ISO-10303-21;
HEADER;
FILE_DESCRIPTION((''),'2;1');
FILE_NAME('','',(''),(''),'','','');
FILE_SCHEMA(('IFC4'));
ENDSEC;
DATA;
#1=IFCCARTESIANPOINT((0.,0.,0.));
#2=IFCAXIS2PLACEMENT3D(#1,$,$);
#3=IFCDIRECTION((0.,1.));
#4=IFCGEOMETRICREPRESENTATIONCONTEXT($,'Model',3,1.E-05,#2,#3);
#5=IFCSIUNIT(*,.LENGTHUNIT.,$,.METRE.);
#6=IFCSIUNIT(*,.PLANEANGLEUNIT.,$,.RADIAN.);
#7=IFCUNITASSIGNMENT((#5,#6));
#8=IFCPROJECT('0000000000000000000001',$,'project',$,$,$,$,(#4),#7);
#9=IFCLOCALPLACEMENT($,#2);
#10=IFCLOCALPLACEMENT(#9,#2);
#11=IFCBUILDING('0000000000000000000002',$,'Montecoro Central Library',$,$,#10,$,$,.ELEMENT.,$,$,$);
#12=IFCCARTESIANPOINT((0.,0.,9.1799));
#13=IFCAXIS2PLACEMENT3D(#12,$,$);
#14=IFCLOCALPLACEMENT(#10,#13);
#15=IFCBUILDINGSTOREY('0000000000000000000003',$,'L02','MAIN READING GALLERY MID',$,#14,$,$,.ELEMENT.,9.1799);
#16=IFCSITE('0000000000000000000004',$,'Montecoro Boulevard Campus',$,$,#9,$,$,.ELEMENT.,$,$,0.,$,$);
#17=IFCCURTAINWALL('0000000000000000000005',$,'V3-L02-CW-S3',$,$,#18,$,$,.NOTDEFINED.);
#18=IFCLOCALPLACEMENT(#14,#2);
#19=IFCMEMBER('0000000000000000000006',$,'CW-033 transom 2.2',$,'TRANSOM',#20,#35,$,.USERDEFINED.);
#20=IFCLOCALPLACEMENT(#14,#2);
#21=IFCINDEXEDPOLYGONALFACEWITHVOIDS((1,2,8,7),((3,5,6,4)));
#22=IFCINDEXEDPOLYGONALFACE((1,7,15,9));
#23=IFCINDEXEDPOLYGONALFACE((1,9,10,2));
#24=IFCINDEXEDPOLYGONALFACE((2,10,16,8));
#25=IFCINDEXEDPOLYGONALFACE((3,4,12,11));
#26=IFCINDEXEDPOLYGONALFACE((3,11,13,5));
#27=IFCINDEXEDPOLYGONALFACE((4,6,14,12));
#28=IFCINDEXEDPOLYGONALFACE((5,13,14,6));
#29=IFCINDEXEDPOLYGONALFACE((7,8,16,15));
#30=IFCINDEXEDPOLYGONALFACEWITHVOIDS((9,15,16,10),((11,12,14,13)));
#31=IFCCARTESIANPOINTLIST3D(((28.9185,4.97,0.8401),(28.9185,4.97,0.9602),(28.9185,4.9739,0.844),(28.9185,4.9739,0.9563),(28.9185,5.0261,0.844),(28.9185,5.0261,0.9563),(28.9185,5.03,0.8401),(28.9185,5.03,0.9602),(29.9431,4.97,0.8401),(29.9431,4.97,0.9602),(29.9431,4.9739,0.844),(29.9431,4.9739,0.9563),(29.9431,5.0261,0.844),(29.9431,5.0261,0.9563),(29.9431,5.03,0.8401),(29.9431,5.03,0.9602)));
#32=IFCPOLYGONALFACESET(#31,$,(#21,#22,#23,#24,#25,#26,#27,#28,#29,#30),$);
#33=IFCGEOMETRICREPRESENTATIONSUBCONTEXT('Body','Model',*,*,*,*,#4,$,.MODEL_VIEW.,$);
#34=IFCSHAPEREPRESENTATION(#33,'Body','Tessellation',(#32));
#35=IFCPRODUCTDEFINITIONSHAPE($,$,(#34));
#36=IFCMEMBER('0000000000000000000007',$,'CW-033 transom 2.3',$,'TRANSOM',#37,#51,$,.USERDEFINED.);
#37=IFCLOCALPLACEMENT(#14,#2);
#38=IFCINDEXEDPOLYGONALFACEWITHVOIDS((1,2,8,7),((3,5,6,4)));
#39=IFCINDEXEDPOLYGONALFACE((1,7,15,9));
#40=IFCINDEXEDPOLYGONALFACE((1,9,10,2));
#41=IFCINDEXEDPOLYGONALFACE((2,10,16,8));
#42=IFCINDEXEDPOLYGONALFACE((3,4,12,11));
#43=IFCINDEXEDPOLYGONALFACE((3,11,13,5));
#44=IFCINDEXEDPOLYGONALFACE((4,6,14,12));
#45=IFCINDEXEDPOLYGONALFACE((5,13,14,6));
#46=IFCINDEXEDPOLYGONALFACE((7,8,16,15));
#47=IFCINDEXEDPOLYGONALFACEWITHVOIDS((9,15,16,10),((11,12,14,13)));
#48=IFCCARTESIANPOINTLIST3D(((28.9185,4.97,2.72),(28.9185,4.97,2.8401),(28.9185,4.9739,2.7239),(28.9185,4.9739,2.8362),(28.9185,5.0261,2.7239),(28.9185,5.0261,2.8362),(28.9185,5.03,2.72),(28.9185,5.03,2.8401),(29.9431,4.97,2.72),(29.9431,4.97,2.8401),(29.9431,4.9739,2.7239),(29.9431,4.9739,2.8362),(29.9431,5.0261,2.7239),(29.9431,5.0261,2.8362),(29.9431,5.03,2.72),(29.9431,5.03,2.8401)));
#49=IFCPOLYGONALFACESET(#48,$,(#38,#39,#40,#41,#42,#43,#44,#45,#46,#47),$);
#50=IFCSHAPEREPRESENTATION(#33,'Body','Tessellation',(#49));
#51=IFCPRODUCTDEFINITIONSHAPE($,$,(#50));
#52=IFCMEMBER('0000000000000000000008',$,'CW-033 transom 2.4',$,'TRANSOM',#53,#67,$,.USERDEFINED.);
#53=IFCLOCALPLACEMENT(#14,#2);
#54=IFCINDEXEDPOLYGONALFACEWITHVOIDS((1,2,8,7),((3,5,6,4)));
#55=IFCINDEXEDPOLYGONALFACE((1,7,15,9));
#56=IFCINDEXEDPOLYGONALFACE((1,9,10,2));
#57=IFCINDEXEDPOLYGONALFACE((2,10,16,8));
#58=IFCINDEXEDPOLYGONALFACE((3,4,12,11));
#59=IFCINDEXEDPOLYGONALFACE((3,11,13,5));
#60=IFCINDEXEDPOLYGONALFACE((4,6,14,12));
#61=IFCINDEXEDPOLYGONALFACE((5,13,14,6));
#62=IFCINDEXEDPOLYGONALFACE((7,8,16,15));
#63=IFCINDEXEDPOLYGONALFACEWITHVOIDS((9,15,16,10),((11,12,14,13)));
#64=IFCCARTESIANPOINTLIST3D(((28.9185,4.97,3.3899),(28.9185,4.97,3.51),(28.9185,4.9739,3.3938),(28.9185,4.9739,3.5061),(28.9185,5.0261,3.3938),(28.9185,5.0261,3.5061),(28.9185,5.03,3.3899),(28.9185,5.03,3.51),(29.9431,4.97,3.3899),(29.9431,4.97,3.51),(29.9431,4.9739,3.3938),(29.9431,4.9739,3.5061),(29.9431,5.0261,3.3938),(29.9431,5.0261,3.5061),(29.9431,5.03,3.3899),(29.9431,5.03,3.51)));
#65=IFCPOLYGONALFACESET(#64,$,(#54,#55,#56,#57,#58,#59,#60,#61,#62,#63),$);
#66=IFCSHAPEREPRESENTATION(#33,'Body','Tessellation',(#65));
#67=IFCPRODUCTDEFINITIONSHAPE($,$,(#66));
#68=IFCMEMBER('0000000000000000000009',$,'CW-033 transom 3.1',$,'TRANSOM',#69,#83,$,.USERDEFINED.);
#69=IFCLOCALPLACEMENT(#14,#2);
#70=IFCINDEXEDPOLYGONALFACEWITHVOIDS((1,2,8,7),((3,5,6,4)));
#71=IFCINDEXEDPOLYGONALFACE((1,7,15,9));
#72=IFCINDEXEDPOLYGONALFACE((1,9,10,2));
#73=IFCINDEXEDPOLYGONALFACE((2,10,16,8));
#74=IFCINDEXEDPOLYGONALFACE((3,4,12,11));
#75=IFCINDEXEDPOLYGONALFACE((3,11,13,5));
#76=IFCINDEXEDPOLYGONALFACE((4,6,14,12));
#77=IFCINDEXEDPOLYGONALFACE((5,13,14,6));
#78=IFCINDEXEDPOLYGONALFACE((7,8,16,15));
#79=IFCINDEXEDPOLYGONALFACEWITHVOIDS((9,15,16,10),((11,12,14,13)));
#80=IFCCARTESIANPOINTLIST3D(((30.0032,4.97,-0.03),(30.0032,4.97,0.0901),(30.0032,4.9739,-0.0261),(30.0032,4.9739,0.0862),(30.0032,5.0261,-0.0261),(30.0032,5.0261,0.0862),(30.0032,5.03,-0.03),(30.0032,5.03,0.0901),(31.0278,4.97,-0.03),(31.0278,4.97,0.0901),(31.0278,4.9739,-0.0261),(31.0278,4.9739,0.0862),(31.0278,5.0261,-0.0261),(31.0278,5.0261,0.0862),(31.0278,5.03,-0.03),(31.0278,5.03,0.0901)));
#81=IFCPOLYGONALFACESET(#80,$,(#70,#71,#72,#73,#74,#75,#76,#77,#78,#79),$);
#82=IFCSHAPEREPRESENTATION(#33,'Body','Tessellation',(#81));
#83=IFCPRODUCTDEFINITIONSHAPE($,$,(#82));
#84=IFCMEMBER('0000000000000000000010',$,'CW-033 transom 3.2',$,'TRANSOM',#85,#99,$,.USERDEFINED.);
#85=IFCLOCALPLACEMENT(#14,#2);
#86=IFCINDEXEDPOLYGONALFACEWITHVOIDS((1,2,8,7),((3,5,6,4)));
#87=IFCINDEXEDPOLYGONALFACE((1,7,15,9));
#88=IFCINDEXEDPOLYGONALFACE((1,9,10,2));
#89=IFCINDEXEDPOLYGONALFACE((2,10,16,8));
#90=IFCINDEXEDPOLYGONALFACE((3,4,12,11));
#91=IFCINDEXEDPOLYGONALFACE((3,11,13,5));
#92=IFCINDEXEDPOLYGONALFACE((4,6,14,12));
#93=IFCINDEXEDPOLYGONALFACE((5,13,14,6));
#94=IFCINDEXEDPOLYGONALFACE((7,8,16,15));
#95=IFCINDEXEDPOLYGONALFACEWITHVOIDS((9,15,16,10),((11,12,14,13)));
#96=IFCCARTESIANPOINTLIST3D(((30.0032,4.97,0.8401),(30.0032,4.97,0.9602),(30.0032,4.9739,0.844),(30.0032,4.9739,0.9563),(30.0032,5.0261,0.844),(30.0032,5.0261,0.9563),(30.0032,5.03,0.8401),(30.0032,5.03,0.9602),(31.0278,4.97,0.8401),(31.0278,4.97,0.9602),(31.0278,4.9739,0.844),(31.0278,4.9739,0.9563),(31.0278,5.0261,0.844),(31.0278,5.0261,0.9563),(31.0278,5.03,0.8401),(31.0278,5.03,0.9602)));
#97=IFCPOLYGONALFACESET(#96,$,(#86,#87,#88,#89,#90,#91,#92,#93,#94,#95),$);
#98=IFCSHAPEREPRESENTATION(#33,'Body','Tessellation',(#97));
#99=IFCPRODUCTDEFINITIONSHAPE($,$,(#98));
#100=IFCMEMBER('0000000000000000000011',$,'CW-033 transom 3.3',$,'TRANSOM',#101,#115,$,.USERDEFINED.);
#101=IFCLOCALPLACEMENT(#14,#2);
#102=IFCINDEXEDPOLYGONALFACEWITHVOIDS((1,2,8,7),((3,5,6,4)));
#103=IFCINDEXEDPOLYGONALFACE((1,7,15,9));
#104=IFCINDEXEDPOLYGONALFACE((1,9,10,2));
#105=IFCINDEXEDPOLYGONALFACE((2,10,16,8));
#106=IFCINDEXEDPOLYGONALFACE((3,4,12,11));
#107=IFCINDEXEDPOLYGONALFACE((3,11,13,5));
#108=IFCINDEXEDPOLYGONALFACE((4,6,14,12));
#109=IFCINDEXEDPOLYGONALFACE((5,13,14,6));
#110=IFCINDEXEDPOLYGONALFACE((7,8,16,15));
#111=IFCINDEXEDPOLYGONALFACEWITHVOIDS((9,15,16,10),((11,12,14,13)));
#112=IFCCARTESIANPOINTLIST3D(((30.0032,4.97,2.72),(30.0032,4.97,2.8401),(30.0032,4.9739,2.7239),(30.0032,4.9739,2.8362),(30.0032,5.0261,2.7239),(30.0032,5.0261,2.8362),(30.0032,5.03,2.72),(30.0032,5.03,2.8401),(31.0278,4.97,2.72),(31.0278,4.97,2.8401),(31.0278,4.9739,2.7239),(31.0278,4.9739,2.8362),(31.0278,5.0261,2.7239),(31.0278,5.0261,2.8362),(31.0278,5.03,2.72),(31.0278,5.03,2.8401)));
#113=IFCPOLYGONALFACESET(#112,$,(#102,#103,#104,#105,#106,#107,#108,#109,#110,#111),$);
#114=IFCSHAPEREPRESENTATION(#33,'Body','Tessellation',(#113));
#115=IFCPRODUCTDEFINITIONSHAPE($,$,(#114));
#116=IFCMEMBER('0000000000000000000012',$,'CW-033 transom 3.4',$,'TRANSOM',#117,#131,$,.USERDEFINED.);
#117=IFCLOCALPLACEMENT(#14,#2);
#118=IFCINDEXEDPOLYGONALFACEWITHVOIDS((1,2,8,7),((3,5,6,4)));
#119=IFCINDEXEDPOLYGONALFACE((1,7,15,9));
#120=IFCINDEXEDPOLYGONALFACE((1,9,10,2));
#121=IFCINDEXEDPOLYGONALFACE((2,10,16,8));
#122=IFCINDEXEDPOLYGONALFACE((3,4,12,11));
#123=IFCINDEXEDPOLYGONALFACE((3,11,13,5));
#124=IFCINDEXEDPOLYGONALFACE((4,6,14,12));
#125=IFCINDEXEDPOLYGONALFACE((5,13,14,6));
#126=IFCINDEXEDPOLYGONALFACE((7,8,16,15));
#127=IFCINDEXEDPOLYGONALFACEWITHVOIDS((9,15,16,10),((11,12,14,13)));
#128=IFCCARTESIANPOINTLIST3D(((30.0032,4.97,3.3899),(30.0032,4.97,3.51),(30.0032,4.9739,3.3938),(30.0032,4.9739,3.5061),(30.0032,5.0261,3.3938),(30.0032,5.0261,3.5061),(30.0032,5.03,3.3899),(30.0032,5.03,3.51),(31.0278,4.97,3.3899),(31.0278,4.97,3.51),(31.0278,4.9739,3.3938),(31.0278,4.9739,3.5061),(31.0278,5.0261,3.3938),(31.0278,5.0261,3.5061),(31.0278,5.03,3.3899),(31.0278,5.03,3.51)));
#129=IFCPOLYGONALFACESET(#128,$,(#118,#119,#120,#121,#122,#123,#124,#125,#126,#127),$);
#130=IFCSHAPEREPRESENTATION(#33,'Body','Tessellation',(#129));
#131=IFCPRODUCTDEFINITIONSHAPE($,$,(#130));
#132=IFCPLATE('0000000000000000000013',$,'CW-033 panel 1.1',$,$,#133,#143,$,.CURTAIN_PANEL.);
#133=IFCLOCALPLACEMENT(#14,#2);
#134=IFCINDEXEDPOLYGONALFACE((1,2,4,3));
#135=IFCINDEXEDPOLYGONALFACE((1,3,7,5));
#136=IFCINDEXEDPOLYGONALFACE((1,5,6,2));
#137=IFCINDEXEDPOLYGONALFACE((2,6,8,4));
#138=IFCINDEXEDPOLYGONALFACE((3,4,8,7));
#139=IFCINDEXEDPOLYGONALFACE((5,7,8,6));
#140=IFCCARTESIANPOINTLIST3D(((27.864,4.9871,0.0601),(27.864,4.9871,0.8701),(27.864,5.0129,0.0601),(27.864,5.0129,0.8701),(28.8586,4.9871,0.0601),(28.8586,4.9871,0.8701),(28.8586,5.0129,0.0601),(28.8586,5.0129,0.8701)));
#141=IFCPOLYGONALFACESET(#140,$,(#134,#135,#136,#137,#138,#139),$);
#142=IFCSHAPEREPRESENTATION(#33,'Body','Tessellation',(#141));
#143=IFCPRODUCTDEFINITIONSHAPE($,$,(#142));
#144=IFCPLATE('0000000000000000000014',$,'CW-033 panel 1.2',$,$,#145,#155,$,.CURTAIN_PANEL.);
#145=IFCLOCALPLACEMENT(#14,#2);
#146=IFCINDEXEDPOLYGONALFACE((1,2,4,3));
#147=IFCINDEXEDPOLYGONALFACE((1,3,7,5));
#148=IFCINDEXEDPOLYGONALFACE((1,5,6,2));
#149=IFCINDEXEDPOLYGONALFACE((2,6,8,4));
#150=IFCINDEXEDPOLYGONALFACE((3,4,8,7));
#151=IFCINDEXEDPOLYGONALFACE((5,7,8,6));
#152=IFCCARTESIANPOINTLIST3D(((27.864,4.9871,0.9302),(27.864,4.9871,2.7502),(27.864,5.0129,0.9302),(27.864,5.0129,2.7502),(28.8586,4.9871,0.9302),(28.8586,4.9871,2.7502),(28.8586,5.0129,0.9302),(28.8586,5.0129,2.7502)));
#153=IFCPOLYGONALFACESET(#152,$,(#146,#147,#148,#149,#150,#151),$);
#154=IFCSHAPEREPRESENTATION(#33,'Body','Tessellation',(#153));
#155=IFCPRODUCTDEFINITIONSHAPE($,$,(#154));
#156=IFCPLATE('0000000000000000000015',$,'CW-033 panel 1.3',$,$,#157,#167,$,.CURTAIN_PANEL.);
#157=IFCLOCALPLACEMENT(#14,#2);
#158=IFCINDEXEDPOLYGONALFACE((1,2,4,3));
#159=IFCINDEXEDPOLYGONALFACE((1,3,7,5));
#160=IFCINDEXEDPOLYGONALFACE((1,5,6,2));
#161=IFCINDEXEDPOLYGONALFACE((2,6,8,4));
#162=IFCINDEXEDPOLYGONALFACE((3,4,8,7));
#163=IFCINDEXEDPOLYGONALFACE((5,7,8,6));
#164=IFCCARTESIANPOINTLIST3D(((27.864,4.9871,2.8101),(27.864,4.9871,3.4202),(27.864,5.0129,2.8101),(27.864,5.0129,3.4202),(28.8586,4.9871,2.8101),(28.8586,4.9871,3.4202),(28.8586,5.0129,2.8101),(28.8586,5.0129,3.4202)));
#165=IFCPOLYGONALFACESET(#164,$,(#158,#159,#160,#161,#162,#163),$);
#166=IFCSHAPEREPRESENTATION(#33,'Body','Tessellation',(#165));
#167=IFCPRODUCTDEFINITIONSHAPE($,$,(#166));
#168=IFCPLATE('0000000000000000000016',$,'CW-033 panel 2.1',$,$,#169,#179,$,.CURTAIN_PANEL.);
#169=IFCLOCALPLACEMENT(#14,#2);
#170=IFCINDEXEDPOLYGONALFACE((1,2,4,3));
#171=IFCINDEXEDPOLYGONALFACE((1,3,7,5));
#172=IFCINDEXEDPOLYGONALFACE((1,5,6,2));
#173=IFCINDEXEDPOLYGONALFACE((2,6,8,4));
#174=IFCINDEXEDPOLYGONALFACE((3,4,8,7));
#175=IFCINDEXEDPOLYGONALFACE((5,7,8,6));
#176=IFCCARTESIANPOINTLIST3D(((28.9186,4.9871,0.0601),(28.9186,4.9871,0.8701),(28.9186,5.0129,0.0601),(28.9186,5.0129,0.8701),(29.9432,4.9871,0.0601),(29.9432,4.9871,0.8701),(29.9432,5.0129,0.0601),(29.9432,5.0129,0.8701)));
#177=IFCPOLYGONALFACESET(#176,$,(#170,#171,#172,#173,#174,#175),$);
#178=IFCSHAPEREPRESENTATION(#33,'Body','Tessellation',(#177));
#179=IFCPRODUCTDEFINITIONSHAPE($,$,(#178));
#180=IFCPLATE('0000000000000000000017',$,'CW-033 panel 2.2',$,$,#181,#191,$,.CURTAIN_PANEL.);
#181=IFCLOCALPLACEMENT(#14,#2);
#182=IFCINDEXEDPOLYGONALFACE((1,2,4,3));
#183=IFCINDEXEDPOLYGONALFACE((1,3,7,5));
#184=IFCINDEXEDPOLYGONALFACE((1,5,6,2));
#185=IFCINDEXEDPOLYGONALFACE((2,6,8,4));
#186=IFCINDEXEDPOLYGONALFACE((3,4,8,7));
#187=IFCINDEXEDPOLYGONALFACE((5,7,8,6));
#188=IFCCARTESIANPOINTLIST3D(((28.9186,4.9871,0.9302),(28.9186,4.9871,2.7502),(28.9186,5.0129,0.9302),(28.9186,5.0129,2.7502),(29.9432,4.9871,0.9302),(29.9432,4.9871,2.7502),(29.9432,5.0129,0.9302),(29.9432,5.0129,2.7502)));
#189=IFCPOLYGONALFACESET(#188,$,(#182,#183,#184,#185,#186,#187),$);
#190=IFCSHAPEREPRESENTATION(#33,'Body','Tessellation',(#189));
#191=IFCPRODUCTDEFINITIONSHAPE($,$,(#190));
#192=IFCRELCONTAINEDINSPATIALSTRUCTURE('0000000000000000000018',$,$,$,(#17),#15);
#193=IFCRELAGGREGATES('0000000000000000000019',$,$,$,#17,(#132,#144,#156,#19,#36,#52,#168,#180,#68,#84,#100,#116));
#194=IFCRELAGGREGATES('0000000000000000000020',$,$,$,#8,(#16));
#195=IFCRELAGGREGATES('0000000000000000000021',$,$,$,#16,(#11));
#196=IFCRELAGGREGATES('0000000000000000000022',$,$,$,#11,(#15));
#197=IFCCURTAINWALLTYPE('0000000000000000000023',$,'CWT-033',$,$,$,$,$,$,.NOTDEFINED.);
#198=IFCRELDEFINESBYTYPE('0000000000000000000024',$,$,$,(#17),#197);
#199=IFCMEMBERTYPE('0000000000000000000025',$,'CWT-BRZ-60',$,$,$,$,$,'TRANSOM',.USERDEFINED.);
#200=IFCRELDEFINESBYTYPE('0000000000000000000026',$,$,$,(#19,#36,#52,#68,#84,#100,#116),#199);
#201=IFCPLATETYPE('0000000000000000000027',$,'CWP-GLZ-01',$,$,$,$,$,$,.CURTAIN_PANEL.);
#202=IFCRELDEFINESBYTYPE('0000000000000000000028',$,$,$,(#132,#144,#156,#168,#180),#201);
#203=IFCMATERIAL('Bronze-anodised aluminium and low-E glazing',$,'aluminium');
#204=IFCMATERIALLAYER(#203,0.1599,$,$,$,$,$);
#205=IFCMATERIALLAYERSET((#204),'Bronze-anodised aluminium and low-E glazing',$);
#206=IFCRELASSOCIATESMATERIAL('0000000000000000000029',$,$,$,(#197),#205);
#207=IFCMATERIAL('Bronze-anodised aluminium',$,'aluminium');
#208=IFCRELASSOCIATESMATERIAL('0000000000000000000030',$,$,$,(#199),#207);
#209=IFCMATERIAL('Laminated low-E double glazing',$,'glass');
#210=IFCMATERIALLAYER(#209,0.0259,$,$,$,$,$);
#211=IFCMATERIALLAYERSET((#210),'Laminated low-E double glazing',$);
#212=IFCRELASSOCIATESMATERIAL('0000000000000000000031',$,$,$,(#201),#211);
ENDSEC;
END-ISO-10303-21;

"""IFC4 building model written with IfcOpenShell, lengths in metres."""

from ifc_helpers import new_model, si_unit, direction, frame, origin, origin_2d, place, context, subcontext, project, spatial, rectangle, hollow_rectangle, extrude, material, layer, layer_set, material_profile, profile_set, type_object, element, aggregate, save


model = new_model("IFC4")

# Units and contexts
model_context = context("Model", 3, precision=1e-05, world=origin(), true_north=direction((0.0, 1.0)))
body_context = subcontext(model_context, "Body", "Model", "MODEL_VIEW")
ifc_project = project(units=[si_unit("LENGTHUNIT", "METRE"), si_unit("PLANEANGLEUNIT", "RADIAN")], contexts=[model_context])

# Site, building, storey
site_placement = place(None, origin())
site = spatial("IfcSite", under=ifc_project, at=site_placement, Name="Montecoro Boulevard Campus", CompositionType="ELEMENT", RefElevation=0.0)
building_placement = place(site_placement, origin())
building = spatial("IfcBuilding", under=site, at=building_placement, Name="Montecoro Central Library", CompositionType="ELEMENT")
storey_placement = place(building_placement, frame((0.0, 0.0, 9.1799)))
storey = spatial("IfcBuildingStorey", under=building, at=storey_placement, Name="L02", Description="MAIN READING GALLERY MID", CompositionType="ELEMENT", Elevation=9.1799)

# Curtain wall, members, plates
ifc_material_1 = material(Name="Bronze-anodised aluminium and low-E glazing", Category="aluminium")
ifc_layer_1 = layer(ifc_material_1, 0.1599)
ifc_layer_set_1 = layer_set([ifc_layer_1], Name="Bronze-anodised aluminium and low-E glazing")
curtain_wall_type = type_object("IfcCurtainWallType", Name="CWT-033", PredefinedType="NOTDEFINED", material=ifc_layer_set_1)
curtain_wall_placement = place(storey_placement, origin())
curtain_wall = element("IfcCurtainWall", 1, at=curtain_wall_placement, inside=storey, type_object=curtain_wall_type, Name="V3-L02-CW-S3", PredefinedType="NOTDEFINED")
ifc_material_2 = material(Name="Bronze-anodised aluminium", Category="aluminium")
ifc_material_profile_1 = material_profile(ifc_material_2, hollow_rectangle(XDim=0.0601, YDim=0.1201, WallThickness=0.0039, at=origin_2d()), Name="CWT 120x60x4.0")
ifc_profile_set_1 = profile_set([ifc_material_profile_1], Name="Bronze-anodised aluminium")
member_type_1 = type_object("IfcMemberType", Name="CWT-BRZ-60", ElementType="TRANSOM", PredefinedType="USERDEFINED", material=ifc_profile_set_1)
member_1_placement = place(storey_placement, frame((28.9185, 5.0, 0.9001), z_axis=(1.0, 0.0, 0.0), x_axis=(0.0, 1.0, 0.0)))
member_1 = element("IfcMember", 2, at=member_1_placement, type_object=member_type_1, Name="CW-033 transom 2.2", ObjectType="TRANSOM", PredefinedType="USERDEFINED", context=body_context, shape_type="SweptSolid", body=[
    extrude(hollow_rectangle(XDim=0.0601, YDim=0.1201, WallThickness=0.0039, at=origin_2d()), origin(), (0.0, 0.0, 1.0), 1.0247),
])
member_2_placement = place(storey_placement, frame((28.9185, 5.0, 2.78), z_axis=(1.0, 0.0, 0.0), x_axis=(0.0, 1.0, 0.0)))
member_2 = element("IfcMember", 3, at=member_2_placement, type_object=member_type_1, Name="CW-033 transom 2.3", ObjectType="TRANSOM", PredefinedType="USERDEFINED", context=body_context, shape_type="SweptSolid", body=[
    extrude(hollow_rectangle(XDim=0.0601, YDim=0.1201, WallThickness=0.0039, at=origin_2d()), origin(), (0.0, 0.0, 1.0), 1.0247),
])
member_3_placement = place(storey_placement, frame((28.9185, 5.0, 3.45), z_axis=(1.0, 0.0, 0.0), x_axis=(0.0, 1.0, 0.0)))
member_3 = element("IfcMember", 4, at=member_3_placement, type_object=member_type_1, Name="CW-033 transom 2.4", ObjectType="TRANSOM", PredefinedType="USERDEFINED", context=body_context, shape_type="SweptSolid", body=[
    extrude(hollow_rectangle(XDim=0.0601, YDim=0.1201, WallThickness=0.0039, at=origin_2d()), origin(), (0.0, 0.0, 1.0), 1.0247),
])
member_4_placement = place(storey_placement, frame((30.0032, 5.0, 0.03), z_axis=(1.0, 0.0, 0.0), x_axis=(0.0, 1.0, 0.0)))
member_4 = element("IfcMember", 5, at=member_4_placement, type_object=member_type_1, Name="CW-033 transom 3.1", ObjectType="TRANSOM", PredefinedType="USERDEFINED", context=body_context, shape_type="SweptSolid", body=[
    extrude(hollow_rectangle(XDim=0.0601, YDim=0.1201, WallThickness=0.0039, at=origin_2d()), origin(), (0.0, 0.0, 1.0), 1.0247),
])
member_5_placement = place(storey_placement, frame((30.0032, 5.0, 0.9001), z_axis=(1.0, 0.0, 0.0), x_axis=(0.0, 1.0, 0.0)))
member_5 = element("IfcMember", 6, at=member_5_placement, type_object=member_type_1, Name="CW-033 transom 3.2", ObjectType="TRANSOM", PredefinedType="USERDEFINED", context=body_context, shape_type="SweptSolid", body=[
    extrude(hollow_rectangle(XDim=0.0601, YDim=0.1201, WallThickness=0.0039, at=origin_2d()), origin(), (0.0, 0.0, 1.0), 1.0247),
])
member_6_placement = place(storey_placement, frame((30.0032, 5.0, 2.78), z_axis=(1.0, 0.0, 0.0), x_axis=(0.0, 1.0, 0.0)))
member_6 = element("IfcMember", 7, at=member_6_placement, type_object=member_type_1, Name="CW-033 transom 3.3", ObjectType="TRANSOM", PredefinedType="USERDEFINED", context=body_context, shape_type="SweptSolid", body=[
    extrude(hollow_rectangle(XDim=0.0601, YDim=0.1201, WallThickness=0.0039, at=origin_2d()), origin(), (0.0, 0.0, 1.0), 1.0247),
])
member_7_placement = place(storey_placement, frame((30.0032, 5.0, 3.45), z_axis=(1.0, 0.0, 0.0), x_axis=(0.0, 1.0, 0.0)))
member_7 = element("IfcMember", 8, at=member_7_placement, type_object=member_type_1, Name="CW-033 transom 3.4", ObjectType="TRANSOM", PredefinedType="USERDEFINED", context=body_context, shape_type="SweptSolid", body=[
    extrude(hollow_rectangle(XDim=0.0601, YDim=0.1201, WallThickness=0.0039, at=origin_2d()), origin(), (0.0, 0.0, 1.0), 1.0247),
])
ifc_material_3 = material(Name="Laminated low-E double glazing", Category="glass")
ifc_layer_2 = layer(ifc_material_3, 0.0259)
ifc_layer_set_2 = layer_set([ifc_layer_2], Name="Laminated low-E double glazing")
plate_type_1 = type_object("IfcPlateType", Name="CWP-GLZ-01", PredefinedType="CURTAIN_PANEL", material=ifc_layer_set_2)
plate_1_placement = place(storey_placement, frame((28.3613, 5.0, 0.0601), z_axis=(0.0, 0.0, 1.0), x_axis=(1.0, 0.0, 0.0)))
plate_1 = element("IfcPlate", 9, at=plate_1_placement, type_object=plate_type_1, Name="CW-033 panel 1.1", PredefinedType="CURTAIN_PANEL", context=body_context, shape_type="SweptSolid", body=[
    extrude(rectangle(XDim=0.9946, YDim=0.0259, at=origin_2d()), origin(), (0.0, 0.0, 1.0), 0.8101),
])
plate_2_placement = place(storey_placement, frame((28.3613, 5.0, 0.9302), z_axis=(0.0, 0.0, 1.0), x_axis=(1.0, 0.0, 0.0)))
plate_2 = element("IfcPlate", 10, at=plate_2_placement, type_object=plate_type_1, Name="CW-033 panel 1.2", PredefinedType="CURTAIN_PANEL", context=body_context, shape_type="SweptSolid", body=[
    extrude(rectangle(XDim=0.9946, YDim=0.0259, at=origin_2d()), origin(), (0.0, 0.0, 1.0), 1.8201),
])
plate_3_placement = place(storey_placement, frame((28.3613, 5.0, 2.8101), z_axis=(0.0, 0.0, 1.0), x_axis=(1.0, 0.0, 0.0)))
plate_3 = element("IfcPlate", 11, at=plate_3_placement, type_object=plate_type_1, Name="CW-033 panel 1.3", PredefinedType="CURTAIN_PANEL", context=body_context, shape_type="SweptSolid", body=[
    extrude(rectangle(XDim=0.9946, YDim=0.0259, at=origin_2d()), origin(), (0.0, 0.0, 1.0), 0.6101),
])
plate_4_placement = place(storey_placement, frame((29.4309, 5.0, 0.0601), z_axis=(0.0, 0.0, 1.0), x_axis=(1.0, 0.0, 0.0)))
plate_4 = element("IfcPlate", 12, at=plate_4_placement, type_object=plate_type_1, Name="CW-033 panel 2.1", PredefinedType="CURTAIN_PANEL", context=body_context, shape_type="SweptSolid", body=[
    extrude(rectangle(XDim=1.0247, YDim=0.0259, at=origin_2d()), origin(), (0.0, 0.0, 1.0), 0.8101),
])
plate_5_placement = place(storey_placement, frame((29.4309, 5.0, 0.9302), z_axis=(0.0, 0.0, 1.0), x_axis=(1.0, 0.0, 0.0)))
plate_5 = element("IfcPlate", 13, at=plate_5_placement, type_object=plate_type_1, Name="CW-033 panel 2.2", PredefinedType="CURTAIN_PANEL", context=body_context, shape_type="SweptSolid", body=[
    extrude(rectangle(XDim=1.0247, YDim=0.0259, at=origin_2d()), origin(), (0.0, 0.0, 1.0), 1.8201),
])
aggregate(curtain_wall, [plate_1, plate_2, plate_3, member_1, member_2, member_3, plate_4, plate_5, member_4, member_5, member_6, member_7])

save(model, "model.ifc")
